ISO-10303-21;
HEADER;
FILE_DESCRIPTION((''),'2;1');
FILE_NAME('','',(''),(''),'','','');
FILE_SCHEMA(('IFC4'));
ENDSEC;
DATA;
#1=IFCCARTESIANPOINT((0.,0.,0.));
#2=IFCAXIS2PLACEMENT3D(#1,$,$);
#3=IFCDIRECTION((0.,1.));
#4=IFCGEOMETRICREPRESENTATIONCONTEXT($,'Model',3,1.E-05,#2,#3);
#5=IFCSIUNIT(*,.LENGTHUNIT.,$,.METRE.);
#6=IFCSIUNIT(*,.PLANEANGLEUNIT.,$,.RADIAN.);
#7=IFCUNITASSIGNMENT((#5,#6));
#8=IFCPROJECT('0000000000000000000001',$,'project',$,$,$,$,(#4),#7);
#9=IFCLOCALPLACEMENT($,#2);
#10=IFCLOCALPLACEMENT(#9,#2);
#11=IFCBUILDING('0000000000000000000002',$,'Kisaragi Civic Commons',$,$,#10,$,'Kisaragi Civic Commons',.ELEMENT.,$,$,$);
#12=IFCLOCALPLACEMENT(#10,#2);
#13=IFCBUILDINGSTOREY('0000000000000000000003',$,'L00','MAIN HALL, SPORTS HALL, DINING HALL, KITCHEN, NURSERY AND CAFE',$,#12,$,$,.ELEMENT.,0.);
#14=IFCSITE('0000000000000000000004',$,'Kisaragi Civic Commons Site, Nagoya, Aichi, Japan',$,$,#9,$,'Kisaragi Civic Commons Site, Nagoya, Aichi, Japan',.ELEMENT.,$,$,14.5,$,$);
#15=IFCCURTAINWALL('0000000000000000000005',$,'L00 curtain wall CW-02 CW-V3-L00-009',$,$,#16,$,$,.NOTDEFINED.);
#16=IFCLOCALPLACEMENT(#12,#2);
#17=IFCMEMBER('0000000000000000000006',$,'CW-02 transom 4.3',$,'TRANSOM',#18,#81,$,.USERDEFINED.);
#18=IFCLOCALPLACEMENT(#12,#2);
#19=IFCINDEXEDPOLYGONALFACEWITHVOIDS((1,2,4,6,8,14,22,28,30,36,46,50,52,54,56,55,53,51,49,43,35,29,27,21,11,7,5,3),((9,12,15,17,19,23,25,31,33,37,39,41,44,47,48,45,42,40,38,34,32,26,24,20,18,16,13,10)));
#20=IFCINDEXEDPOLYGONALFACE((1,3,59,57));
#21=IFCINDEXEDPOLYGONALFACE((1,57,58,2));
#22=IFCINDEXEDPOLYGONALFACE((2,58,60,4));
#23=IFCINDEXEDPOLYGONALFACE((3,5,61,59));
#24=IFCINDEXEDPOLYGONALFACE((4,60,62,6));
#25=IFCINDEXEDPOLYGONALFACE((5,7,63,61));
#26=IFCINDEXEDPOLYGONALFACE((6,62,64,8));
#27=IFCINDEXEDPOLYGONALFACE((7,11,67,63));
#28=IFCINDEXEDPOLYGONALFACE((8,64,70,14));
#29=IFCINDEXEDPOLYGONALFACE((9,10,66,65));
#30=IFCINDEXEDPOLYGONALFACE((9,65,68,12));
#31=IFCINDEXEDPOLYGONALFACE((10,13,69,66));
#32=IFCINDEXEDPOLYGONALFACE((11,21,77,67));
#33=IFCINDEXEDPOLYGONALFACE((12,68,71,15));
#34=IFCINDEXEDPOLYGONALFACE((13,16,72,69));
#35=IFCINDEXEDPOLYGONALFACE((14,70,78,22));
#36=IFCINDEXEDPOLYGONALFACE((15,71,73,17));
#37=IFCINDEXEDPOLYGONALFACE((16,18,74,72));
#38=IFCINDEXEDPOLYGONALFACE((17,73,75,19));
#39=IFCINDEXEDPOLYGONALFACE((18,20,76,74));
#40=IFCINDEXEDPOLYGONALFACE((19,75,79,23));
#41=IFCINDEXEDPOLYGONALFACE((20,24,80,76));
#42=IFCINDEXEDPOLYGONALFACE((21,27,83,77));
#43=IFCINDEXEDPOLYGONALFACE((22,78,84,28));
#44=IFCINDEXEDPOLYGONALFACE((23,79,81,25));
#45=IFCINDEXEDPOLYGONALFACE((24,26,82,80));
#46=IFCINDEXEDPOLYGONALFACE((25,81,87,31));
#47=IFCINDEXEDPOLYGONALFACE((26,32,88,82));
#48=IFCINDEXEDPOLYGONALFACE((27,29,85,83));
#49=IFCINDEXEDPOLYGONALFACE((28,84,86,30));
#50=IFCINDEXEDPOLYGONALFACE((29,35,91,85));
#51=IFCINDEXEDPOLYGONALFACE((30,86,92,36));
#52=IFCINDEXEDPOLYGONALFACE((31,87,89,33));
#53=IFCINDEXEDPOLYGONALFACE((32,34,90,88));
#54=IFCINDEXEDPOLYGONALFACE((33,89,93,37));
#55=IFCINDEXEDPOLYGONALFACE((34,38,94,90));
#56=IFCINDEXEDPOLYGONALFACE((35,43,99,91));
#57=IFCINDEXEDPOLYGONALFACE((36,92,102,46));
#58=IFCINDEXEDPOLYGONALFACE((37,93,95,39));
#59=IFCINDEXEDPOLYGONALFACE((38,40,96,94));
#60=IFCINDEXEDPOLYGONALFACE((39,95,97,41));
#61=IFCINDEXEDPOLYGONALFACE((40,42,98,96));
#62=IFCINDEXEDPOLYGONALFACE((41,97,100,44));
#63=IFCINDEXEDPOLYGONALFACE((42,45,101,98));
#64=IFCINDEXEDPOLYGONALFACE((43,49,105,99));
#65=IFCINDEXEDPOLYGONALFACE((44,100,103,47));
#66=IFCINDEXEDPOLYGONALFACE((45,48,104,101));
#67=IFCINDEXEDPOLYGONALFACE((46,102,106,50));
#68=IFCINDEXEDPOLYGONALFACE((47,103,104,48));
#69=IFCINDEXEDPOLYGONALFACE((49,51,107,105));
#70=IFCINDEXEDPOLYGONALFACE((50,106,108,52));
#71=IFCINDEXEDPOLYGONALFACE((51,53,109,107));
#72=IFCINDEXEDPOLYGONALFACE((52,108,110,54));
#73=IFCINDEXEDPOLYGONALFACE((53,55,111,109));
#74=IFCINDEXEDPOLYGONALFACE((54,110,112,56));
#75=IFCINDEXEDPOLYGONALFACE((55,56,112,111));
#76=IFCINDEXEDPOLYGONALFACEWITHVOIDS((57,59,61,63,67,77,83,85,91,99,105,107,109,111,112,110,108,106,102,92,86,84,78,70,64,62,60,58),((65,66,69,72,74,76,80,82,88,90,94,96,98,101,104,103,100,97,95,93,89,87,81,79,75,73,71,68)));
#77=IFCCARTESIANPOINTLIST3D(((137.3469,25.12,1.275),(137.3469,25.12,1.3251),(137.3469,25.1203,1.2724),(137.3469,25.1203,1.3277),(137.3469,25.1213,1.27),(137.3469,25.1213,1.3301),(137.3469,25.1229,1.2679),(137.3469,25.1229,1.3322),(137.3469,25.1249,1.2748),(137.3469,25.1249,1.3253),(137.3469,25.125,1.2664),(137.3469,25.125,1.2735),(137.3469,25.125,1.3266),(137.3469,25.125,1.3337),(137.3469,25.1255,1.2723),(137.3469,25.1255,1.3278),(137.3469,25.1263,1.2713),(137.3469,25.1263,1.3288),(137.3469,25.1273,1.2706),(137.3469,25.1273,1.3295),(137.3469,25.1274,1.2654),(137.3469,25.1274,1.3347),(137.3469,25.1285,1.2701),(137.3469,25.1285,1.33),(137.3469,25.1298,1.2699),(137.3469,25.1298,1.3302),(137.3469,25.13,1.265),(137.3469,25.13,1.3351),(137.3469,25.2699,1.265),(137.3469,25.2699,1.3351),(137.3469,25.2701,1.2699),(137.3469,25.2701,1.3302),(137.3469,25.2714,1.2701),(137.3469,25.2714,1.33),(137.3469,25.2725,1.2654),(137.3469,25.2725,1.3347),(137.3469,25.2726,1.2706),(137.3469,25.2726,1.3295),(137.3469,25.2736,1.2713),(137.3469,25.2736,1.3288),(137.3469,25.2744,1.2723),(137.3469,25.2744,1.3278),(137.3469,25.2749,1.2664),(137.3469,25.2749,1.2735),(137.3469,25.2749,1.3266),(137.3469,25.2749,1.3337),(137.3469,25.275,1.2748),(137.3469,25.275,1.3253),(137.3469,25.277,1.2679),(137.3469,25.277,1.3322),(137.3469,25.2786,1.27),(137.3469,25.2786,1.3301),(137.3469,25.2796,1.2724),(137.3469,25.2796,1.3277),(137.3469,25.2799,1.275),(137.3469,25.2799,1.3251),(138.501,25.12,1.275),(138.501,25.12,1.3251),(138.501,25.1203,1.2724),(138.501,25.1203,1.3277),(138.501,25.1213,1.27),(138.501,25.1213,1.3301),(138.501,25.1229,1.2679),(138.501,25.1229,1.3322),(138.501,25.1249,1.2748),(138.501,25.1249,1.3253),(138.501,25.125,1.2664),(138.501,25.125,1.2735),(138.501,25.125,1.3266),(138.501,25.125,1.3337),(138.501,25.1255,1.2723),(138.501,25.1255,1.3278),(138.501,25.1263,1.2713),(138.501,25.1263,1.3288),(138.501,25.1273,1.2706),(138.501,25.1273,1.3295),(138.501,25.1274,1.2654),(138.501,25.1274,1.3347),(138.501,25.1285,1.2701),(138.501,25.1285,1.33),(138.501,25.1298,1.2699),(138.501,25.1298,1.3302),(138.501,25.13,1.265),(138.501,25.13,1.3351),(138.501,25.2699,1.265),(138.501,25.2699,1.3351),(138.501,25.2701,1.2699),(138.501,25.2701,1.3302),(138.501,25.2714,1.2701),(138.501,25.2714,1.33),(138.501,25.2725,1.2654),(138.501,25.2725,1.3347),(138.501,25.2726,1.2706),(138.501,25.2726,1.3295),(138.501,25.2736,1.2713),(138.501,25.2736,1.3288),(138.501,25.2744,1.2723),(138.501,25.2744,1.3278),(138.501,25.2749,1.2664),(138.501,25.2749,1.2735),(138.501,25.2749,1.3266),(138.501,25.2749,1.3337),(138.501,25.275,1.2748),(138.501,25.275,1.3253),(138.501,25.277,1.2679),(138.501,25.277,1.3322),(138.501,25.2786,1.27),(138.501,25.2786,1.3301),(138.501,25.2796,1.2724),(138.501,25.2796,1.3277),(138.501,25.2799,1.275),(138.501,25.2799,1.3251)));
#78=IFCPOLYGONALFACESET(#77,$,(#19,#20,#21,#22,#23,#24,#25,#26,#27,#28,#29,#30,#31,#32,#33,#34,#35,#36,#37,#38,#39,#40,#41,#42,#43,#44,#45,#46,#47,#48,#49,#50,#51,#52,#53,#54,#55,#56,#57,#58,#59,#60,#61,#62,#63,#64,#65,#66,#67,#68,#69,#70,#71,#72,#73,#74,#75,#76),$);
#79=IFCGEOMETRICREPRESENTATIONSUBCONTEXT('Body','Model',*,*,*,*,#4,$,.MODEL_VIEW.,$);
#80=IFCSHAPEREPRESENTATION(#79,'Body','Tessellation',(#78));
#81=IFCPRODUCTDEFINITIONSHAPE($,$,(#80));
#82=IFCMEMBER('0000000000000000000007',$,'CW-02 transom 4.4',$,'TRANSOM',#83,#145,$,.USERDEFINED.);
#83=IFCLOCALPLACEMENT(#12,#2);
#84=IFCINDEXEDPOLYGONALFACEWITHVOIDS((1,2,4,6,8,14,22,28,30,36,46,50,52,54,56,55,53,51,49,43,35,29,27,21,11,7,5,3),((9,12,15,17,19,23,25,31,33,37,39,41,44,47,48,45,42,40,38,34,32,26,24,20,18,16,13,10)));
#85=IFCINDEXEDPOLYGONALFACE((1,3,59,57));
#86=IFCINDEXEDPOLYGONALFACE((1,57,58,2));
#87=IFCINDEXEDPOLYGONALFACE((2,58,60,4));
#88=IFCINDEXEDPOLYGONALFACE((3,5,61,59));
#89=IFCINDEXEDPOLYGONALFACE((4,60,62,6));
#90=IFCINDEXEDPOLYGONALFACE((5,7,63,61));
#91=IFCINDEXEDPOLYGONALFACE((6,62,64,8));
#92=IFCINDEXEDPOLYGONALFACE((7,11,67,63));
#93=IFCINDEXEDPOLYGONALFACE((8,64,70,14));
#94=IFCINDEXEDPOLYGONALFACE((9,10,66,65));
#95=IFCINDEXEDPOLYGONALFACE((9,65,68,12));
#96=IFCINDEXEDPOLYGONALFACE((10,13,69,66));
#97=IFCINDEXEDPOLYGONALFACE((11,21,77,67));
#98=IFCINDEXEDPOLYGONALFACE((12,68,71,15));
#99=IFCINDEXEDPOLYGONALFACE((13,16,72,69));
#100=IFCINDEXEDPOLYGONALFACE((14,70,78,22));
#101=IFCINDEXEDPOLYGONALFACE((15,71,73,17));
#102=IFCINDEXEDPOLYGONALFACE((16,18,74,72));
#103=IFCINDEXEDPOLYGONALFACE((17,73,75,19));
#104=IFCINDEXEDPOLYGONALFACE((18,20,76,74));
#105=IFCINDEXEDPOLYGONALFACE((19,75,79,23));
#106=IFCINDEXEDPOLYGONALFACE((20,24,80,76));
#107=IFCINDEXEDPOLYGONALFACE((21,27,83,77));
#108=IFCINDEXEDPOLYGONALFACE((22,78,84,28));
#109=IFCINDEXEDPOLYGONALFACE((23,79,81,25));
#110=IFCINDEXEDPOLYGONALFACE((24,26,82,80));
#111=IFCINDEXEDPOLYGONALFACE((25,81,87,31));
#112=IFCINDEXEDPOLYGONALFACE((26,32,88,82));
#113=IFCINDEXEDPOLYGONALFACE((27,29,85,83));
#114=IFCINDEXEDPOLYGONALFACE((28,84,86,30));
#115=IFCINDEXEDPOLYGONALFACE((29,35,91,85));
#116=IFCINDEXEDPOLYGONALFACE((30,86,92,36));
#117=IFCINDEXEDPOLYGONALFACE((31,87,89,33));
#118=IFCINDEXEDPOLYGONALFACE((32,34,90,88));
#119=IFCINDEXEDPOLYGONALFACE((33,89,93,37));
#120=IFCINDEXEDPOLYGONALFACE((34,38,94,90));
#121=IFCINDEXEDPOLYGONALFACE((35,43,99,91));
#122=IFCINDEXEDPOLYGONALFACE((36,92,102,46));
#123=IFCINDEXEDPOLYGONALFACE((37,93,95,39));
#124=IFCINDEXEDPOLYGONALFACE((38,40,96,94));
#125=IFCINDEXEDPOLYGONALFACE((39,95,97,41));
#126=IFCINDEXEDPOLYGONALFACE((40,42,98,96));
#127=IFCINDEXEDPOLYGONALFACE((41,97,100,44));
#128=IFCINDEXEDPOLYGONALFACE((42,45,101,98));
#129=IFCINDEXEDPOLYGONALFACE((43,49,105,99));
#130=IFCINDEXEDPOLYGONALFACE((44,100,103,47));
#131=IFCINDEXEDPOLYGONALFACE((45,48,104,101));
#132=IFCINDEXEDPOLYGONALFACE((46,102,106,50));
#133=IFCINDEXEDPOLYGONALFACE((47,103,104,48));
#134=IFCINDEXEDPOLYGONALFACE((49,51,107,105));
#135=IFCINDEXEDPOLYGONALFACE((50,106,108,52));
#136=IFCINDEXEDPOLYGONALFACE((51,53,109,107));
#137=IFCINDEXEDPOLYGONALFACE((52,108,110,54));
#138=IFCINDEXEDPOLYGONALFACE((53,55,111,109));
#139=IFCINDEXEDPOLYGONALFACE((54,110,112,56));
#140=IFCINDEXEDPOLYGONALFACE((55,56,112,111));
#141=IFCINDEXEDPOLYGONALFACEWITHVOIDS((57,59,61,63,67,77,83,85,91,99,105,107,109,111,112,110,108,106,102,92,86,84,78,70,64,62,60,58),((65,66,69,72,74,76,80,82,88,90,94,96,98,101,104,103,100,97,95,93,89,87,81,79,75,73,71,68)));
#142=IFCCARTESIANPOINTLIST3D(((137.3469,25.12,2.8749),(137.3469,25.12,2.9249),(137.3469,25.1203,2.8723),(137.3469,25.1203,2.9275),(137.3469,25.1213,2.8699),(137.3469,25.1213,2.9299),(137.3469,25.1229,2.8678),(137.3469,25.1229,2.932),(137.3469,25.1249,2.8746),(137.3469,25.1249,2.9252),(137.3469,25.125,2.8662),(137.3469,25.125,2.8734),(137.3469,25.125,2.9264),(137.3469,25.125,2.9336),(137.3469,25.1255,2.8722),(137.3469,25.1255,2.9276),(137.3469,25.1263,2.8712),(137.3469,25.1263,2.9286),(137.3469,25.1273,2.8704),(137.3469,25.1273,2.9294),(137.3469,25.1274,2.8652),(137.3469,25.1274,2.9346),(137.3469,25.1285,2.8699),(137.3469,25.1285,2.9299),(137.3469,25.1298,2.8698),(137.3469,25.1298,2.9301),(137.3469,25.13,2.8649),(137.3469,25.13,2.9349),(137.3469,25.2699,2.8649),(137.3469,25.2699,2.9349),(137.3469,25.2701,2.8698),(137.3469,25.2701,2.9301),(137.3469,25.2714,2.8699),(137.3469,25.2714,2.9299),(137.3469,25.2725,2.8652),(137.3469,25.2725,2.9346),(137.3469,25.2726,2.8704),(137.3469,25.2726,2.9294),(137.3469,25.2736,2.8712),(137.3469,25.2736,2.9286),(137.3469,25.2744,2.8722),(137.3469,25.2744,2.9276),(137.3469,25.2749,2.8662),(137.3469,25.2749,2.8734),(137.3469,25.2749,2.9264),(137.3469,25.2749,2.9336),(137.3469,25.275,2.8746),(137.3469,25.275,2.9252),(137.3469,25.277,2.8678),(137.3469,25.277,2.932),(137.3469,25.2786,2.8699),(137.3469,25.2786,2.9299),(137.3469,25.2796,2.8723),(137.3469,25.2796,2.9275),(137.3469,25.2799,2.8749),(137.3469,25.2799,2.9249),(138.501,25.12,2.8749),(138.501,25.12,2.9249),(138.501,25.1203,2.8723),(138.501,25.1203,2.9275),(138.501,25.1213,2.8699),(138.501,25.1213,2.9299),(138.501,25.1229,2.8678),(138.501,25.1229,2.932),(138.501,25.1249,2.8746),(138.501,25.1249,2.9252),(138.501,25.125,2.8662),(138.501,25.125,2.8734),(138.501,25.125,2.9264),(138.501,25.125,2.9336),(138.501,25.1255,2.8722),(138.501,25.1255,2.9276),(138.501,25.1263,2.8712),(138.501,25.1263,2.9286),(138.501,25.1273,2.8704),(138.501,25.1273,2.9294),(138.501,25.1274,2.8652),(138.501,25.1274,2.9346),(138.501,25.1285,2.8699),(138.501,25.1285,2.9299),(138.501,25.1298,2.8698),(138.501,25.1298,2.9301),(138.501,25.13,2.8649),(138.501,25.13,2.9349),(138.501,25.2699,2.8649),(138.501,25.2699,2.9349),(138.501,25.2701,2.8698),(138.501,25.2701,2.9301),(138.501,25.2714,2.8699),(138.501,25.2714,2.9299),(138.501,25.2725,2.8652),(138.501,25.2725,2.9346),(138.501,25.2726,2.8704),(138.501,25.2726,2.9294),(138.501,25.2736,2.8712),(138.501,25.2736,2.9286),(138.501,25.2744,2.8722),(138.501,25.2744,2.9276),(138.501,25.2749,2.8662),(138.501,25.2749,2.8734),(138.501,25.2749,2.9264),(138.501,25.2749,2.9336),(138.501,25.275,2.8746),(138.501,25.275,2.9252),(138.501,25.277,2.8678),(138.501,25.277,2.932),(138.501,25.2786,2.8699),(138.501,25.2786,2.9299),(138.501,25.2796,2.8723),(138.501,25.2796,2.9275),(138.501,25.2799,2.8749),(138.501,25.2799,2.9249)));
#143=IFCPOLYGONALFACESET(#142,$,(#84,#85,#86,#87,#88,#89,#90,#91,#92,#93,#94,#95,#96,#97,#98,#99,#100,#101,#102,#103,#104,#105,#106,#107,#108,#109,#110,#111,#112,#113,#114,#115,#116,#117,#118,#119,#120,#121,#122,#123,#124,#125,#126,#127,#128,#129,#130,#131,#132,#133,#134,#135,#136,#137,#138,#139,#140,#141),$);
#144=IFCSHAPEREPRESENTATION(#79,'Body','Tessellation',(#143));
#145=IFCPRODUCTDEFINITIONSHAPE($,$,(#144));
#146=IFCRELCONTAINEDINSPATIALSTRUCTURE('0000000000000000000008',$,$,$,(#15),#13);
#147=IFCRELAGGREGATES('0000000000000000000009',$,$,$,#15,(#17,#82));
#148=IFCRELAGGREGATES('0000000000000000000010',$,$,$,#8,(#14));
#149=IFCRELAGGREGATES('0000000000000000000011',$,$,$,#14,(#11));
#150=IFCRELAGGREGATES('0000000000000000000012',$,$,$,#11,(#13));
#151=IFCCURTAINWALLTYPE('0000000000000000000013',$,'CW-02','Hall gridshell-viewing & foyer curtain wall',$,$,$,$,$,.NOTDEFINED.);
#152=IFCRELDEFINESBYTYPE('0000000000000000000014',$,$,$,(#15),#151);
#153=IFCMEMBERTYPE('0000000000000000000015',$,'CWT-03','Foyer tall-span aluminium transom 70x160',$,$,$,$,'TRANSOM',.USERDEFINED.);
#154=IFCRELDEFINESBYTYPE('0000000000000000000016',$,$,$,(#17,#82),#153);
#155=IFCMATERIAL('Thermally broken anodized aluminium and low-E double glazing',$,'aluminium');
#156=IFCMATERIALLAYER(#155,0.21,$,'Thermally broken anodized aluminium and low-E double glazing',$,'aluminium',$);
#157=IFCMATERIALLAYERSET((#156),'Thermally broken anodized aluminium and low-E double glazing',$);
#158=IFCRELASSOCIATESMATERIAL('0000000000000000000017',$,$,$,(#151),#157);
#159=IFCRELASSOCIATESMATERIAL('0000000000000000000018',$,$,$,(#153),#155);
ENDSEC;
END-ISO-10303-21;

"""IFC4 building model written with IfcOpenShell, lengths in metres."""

from ifc_helpers import new_model, si_unit, direction, frame, origin, origin_2d, place, context, subcontext, project, spatial, hollow_rectangle, extrude, material, layer, layer_set, material_profile, profile_set, type_object, element, aggregate, save


model = new_model("IFC4")

# Units and contexts
model_context = context("Model", 3, precision=1e-05, world=origin(), true_north=direction((0.0, 1.0)))
body_context = subcontext(model_context, "Body", "Model", "MODEL_VIEW")
ifc_project = project(units=[si_unit("LENGTHUNIT", "METRE"), si_unit("PLANEANGLEUNIT", "RADIAN")], contexts=[model_context])

# Site, building, storey
site_placement = place(None, origin())
site = spatial("IfcSite", under=ifc_project, at=site_placement, Name="Kisaragi Civic Commons Site, Nagoya, Aichi, Japan", LongName="Kisaragi Civic Commons Site, Nagoya, Aichi, Japan", CompositionType="ELEMENT", RefElevation=14.5)
building_placement = place(site_placement, origin())
building = spatial("IfcBuilding", under=site, at=building_placement, Name="Kisaragi Civic Commons", LongName="Kisaragi Civic Commons", CompositionType="ELEMENT")
storey_placement = place(building_placement, origin())
storey = spatial("IfcBuildingStorey", under=building, at=storey_placement, Name="L00", Description="MAIN HALL, SPORTS HALL, DINING HALL, KITCHEN, NURSERY AND CAFE", CompositionType="ELEMENT", Elevation=0.0)

# Curtain wall
ifc_material = material(Name="Thermally broken anodized aluminium and low-E double glazing", Category="aluminium")
ifc_layer_1 = layer(ifc_material, 0.21, Name="Thermally broken anodized aluminium and low-E double glazing", Category="aluminium")
ifc_layer_set_1 = layer_set([ifc_layer_1], Name="Thermally broken anodized aluminium and low-E double glazing")
curtain_wall_type = type_object("IfcCurtainWallType", Name="CW-02", Description="Hall gridshell-viewing & foyer curtain wall", PredefinedType="NOTDEFINED", material=ifc_layer_set_1)
curtain_wall_1_placement = place(storey_placement, origin())
curtain_wall_1 = element("IfcCurtainWall", 1, at=curtain_wall_1_placement, inside=storey, type_object=curtain_wall_type, Name="L00 curtain wall CW-02 CW-V3-L00-009", PredefinedType="NOTDEFINED")

# Members
ifc_material_profile_1 = material_profile(ifc_material, hollow_rectangle(XDim=0.1599, YDim=0.0701, WallThickness=0.0049, InnerFilletRadius=0.0049, OuterFilletRadius=0.01, at=origin_2d()), Name="CWT-70x160x5", Category="aluminium")
ifc_profile_set_1 = profile_set([ifc_material_profile_1], Name="Thermally broken anodized aluminium and low-E double glazing")
member_type_1 = type_object("IfcMemberType", Name="CWT-03", Description="Foyer tall-span aluminium transom 70x160", ElementType="TRANSOM", PredefinedType="USERDEFINED", material=ifc_profile_set_1)
member_1_placement = place(storey_placement, frame((137.3469, 25.2, 1.3), z_axis=(1.0, 0.0, 0.0), x_axis=(0.0, 1.0, 0.0)))
member_1 = element("IfcMember", 2, at=member_1_placement, type_object=member_type_1, Name="CW-02 transom 4.3", ObjectType="TRANSOM", PredefinedType="USERDEFINED", context=body_context, shape_type="SweptSolid", body=[
    extrude(hollow_rectangle(XDim=0.1599, YDim=0.0701, WallThickness=0.0049, InnerFilletRadius=0.0049, OuterFilletRadius=0.01, at=origin_2d()), origin(), (0.0, 0.0, 1.0), 1.1541),
])
member_2_placement = place(storey_placement, frame((137.3469, 25.2, 2.8999), z_axis=(1.0, 0.0, 0.0), x_axis=(0.0, 1.0, 0.0)))
member_2 = element("IfcMember", 3, at=member_2_placement, type_object=member_type_1, Name="CW-02 transom 4.4", ObjectType="TRANSOM", PredefinedType="USERDEFINED", context=body_context, shape_type="SweptSolid", body=[
    extrude(hollow_rectangle(XDim=0.1599, YDim=0.0701, WallThickness=0.0049, InnerFilletRadius=0.0049, OuterFilletRadius=0.01, at=origin_2d()), origin(), (0.0, 0.0, 1.0), 1.1541),
])

aggregate(curtain_wall_1, [member_1, member_2])

save(model, "model.ifc")
